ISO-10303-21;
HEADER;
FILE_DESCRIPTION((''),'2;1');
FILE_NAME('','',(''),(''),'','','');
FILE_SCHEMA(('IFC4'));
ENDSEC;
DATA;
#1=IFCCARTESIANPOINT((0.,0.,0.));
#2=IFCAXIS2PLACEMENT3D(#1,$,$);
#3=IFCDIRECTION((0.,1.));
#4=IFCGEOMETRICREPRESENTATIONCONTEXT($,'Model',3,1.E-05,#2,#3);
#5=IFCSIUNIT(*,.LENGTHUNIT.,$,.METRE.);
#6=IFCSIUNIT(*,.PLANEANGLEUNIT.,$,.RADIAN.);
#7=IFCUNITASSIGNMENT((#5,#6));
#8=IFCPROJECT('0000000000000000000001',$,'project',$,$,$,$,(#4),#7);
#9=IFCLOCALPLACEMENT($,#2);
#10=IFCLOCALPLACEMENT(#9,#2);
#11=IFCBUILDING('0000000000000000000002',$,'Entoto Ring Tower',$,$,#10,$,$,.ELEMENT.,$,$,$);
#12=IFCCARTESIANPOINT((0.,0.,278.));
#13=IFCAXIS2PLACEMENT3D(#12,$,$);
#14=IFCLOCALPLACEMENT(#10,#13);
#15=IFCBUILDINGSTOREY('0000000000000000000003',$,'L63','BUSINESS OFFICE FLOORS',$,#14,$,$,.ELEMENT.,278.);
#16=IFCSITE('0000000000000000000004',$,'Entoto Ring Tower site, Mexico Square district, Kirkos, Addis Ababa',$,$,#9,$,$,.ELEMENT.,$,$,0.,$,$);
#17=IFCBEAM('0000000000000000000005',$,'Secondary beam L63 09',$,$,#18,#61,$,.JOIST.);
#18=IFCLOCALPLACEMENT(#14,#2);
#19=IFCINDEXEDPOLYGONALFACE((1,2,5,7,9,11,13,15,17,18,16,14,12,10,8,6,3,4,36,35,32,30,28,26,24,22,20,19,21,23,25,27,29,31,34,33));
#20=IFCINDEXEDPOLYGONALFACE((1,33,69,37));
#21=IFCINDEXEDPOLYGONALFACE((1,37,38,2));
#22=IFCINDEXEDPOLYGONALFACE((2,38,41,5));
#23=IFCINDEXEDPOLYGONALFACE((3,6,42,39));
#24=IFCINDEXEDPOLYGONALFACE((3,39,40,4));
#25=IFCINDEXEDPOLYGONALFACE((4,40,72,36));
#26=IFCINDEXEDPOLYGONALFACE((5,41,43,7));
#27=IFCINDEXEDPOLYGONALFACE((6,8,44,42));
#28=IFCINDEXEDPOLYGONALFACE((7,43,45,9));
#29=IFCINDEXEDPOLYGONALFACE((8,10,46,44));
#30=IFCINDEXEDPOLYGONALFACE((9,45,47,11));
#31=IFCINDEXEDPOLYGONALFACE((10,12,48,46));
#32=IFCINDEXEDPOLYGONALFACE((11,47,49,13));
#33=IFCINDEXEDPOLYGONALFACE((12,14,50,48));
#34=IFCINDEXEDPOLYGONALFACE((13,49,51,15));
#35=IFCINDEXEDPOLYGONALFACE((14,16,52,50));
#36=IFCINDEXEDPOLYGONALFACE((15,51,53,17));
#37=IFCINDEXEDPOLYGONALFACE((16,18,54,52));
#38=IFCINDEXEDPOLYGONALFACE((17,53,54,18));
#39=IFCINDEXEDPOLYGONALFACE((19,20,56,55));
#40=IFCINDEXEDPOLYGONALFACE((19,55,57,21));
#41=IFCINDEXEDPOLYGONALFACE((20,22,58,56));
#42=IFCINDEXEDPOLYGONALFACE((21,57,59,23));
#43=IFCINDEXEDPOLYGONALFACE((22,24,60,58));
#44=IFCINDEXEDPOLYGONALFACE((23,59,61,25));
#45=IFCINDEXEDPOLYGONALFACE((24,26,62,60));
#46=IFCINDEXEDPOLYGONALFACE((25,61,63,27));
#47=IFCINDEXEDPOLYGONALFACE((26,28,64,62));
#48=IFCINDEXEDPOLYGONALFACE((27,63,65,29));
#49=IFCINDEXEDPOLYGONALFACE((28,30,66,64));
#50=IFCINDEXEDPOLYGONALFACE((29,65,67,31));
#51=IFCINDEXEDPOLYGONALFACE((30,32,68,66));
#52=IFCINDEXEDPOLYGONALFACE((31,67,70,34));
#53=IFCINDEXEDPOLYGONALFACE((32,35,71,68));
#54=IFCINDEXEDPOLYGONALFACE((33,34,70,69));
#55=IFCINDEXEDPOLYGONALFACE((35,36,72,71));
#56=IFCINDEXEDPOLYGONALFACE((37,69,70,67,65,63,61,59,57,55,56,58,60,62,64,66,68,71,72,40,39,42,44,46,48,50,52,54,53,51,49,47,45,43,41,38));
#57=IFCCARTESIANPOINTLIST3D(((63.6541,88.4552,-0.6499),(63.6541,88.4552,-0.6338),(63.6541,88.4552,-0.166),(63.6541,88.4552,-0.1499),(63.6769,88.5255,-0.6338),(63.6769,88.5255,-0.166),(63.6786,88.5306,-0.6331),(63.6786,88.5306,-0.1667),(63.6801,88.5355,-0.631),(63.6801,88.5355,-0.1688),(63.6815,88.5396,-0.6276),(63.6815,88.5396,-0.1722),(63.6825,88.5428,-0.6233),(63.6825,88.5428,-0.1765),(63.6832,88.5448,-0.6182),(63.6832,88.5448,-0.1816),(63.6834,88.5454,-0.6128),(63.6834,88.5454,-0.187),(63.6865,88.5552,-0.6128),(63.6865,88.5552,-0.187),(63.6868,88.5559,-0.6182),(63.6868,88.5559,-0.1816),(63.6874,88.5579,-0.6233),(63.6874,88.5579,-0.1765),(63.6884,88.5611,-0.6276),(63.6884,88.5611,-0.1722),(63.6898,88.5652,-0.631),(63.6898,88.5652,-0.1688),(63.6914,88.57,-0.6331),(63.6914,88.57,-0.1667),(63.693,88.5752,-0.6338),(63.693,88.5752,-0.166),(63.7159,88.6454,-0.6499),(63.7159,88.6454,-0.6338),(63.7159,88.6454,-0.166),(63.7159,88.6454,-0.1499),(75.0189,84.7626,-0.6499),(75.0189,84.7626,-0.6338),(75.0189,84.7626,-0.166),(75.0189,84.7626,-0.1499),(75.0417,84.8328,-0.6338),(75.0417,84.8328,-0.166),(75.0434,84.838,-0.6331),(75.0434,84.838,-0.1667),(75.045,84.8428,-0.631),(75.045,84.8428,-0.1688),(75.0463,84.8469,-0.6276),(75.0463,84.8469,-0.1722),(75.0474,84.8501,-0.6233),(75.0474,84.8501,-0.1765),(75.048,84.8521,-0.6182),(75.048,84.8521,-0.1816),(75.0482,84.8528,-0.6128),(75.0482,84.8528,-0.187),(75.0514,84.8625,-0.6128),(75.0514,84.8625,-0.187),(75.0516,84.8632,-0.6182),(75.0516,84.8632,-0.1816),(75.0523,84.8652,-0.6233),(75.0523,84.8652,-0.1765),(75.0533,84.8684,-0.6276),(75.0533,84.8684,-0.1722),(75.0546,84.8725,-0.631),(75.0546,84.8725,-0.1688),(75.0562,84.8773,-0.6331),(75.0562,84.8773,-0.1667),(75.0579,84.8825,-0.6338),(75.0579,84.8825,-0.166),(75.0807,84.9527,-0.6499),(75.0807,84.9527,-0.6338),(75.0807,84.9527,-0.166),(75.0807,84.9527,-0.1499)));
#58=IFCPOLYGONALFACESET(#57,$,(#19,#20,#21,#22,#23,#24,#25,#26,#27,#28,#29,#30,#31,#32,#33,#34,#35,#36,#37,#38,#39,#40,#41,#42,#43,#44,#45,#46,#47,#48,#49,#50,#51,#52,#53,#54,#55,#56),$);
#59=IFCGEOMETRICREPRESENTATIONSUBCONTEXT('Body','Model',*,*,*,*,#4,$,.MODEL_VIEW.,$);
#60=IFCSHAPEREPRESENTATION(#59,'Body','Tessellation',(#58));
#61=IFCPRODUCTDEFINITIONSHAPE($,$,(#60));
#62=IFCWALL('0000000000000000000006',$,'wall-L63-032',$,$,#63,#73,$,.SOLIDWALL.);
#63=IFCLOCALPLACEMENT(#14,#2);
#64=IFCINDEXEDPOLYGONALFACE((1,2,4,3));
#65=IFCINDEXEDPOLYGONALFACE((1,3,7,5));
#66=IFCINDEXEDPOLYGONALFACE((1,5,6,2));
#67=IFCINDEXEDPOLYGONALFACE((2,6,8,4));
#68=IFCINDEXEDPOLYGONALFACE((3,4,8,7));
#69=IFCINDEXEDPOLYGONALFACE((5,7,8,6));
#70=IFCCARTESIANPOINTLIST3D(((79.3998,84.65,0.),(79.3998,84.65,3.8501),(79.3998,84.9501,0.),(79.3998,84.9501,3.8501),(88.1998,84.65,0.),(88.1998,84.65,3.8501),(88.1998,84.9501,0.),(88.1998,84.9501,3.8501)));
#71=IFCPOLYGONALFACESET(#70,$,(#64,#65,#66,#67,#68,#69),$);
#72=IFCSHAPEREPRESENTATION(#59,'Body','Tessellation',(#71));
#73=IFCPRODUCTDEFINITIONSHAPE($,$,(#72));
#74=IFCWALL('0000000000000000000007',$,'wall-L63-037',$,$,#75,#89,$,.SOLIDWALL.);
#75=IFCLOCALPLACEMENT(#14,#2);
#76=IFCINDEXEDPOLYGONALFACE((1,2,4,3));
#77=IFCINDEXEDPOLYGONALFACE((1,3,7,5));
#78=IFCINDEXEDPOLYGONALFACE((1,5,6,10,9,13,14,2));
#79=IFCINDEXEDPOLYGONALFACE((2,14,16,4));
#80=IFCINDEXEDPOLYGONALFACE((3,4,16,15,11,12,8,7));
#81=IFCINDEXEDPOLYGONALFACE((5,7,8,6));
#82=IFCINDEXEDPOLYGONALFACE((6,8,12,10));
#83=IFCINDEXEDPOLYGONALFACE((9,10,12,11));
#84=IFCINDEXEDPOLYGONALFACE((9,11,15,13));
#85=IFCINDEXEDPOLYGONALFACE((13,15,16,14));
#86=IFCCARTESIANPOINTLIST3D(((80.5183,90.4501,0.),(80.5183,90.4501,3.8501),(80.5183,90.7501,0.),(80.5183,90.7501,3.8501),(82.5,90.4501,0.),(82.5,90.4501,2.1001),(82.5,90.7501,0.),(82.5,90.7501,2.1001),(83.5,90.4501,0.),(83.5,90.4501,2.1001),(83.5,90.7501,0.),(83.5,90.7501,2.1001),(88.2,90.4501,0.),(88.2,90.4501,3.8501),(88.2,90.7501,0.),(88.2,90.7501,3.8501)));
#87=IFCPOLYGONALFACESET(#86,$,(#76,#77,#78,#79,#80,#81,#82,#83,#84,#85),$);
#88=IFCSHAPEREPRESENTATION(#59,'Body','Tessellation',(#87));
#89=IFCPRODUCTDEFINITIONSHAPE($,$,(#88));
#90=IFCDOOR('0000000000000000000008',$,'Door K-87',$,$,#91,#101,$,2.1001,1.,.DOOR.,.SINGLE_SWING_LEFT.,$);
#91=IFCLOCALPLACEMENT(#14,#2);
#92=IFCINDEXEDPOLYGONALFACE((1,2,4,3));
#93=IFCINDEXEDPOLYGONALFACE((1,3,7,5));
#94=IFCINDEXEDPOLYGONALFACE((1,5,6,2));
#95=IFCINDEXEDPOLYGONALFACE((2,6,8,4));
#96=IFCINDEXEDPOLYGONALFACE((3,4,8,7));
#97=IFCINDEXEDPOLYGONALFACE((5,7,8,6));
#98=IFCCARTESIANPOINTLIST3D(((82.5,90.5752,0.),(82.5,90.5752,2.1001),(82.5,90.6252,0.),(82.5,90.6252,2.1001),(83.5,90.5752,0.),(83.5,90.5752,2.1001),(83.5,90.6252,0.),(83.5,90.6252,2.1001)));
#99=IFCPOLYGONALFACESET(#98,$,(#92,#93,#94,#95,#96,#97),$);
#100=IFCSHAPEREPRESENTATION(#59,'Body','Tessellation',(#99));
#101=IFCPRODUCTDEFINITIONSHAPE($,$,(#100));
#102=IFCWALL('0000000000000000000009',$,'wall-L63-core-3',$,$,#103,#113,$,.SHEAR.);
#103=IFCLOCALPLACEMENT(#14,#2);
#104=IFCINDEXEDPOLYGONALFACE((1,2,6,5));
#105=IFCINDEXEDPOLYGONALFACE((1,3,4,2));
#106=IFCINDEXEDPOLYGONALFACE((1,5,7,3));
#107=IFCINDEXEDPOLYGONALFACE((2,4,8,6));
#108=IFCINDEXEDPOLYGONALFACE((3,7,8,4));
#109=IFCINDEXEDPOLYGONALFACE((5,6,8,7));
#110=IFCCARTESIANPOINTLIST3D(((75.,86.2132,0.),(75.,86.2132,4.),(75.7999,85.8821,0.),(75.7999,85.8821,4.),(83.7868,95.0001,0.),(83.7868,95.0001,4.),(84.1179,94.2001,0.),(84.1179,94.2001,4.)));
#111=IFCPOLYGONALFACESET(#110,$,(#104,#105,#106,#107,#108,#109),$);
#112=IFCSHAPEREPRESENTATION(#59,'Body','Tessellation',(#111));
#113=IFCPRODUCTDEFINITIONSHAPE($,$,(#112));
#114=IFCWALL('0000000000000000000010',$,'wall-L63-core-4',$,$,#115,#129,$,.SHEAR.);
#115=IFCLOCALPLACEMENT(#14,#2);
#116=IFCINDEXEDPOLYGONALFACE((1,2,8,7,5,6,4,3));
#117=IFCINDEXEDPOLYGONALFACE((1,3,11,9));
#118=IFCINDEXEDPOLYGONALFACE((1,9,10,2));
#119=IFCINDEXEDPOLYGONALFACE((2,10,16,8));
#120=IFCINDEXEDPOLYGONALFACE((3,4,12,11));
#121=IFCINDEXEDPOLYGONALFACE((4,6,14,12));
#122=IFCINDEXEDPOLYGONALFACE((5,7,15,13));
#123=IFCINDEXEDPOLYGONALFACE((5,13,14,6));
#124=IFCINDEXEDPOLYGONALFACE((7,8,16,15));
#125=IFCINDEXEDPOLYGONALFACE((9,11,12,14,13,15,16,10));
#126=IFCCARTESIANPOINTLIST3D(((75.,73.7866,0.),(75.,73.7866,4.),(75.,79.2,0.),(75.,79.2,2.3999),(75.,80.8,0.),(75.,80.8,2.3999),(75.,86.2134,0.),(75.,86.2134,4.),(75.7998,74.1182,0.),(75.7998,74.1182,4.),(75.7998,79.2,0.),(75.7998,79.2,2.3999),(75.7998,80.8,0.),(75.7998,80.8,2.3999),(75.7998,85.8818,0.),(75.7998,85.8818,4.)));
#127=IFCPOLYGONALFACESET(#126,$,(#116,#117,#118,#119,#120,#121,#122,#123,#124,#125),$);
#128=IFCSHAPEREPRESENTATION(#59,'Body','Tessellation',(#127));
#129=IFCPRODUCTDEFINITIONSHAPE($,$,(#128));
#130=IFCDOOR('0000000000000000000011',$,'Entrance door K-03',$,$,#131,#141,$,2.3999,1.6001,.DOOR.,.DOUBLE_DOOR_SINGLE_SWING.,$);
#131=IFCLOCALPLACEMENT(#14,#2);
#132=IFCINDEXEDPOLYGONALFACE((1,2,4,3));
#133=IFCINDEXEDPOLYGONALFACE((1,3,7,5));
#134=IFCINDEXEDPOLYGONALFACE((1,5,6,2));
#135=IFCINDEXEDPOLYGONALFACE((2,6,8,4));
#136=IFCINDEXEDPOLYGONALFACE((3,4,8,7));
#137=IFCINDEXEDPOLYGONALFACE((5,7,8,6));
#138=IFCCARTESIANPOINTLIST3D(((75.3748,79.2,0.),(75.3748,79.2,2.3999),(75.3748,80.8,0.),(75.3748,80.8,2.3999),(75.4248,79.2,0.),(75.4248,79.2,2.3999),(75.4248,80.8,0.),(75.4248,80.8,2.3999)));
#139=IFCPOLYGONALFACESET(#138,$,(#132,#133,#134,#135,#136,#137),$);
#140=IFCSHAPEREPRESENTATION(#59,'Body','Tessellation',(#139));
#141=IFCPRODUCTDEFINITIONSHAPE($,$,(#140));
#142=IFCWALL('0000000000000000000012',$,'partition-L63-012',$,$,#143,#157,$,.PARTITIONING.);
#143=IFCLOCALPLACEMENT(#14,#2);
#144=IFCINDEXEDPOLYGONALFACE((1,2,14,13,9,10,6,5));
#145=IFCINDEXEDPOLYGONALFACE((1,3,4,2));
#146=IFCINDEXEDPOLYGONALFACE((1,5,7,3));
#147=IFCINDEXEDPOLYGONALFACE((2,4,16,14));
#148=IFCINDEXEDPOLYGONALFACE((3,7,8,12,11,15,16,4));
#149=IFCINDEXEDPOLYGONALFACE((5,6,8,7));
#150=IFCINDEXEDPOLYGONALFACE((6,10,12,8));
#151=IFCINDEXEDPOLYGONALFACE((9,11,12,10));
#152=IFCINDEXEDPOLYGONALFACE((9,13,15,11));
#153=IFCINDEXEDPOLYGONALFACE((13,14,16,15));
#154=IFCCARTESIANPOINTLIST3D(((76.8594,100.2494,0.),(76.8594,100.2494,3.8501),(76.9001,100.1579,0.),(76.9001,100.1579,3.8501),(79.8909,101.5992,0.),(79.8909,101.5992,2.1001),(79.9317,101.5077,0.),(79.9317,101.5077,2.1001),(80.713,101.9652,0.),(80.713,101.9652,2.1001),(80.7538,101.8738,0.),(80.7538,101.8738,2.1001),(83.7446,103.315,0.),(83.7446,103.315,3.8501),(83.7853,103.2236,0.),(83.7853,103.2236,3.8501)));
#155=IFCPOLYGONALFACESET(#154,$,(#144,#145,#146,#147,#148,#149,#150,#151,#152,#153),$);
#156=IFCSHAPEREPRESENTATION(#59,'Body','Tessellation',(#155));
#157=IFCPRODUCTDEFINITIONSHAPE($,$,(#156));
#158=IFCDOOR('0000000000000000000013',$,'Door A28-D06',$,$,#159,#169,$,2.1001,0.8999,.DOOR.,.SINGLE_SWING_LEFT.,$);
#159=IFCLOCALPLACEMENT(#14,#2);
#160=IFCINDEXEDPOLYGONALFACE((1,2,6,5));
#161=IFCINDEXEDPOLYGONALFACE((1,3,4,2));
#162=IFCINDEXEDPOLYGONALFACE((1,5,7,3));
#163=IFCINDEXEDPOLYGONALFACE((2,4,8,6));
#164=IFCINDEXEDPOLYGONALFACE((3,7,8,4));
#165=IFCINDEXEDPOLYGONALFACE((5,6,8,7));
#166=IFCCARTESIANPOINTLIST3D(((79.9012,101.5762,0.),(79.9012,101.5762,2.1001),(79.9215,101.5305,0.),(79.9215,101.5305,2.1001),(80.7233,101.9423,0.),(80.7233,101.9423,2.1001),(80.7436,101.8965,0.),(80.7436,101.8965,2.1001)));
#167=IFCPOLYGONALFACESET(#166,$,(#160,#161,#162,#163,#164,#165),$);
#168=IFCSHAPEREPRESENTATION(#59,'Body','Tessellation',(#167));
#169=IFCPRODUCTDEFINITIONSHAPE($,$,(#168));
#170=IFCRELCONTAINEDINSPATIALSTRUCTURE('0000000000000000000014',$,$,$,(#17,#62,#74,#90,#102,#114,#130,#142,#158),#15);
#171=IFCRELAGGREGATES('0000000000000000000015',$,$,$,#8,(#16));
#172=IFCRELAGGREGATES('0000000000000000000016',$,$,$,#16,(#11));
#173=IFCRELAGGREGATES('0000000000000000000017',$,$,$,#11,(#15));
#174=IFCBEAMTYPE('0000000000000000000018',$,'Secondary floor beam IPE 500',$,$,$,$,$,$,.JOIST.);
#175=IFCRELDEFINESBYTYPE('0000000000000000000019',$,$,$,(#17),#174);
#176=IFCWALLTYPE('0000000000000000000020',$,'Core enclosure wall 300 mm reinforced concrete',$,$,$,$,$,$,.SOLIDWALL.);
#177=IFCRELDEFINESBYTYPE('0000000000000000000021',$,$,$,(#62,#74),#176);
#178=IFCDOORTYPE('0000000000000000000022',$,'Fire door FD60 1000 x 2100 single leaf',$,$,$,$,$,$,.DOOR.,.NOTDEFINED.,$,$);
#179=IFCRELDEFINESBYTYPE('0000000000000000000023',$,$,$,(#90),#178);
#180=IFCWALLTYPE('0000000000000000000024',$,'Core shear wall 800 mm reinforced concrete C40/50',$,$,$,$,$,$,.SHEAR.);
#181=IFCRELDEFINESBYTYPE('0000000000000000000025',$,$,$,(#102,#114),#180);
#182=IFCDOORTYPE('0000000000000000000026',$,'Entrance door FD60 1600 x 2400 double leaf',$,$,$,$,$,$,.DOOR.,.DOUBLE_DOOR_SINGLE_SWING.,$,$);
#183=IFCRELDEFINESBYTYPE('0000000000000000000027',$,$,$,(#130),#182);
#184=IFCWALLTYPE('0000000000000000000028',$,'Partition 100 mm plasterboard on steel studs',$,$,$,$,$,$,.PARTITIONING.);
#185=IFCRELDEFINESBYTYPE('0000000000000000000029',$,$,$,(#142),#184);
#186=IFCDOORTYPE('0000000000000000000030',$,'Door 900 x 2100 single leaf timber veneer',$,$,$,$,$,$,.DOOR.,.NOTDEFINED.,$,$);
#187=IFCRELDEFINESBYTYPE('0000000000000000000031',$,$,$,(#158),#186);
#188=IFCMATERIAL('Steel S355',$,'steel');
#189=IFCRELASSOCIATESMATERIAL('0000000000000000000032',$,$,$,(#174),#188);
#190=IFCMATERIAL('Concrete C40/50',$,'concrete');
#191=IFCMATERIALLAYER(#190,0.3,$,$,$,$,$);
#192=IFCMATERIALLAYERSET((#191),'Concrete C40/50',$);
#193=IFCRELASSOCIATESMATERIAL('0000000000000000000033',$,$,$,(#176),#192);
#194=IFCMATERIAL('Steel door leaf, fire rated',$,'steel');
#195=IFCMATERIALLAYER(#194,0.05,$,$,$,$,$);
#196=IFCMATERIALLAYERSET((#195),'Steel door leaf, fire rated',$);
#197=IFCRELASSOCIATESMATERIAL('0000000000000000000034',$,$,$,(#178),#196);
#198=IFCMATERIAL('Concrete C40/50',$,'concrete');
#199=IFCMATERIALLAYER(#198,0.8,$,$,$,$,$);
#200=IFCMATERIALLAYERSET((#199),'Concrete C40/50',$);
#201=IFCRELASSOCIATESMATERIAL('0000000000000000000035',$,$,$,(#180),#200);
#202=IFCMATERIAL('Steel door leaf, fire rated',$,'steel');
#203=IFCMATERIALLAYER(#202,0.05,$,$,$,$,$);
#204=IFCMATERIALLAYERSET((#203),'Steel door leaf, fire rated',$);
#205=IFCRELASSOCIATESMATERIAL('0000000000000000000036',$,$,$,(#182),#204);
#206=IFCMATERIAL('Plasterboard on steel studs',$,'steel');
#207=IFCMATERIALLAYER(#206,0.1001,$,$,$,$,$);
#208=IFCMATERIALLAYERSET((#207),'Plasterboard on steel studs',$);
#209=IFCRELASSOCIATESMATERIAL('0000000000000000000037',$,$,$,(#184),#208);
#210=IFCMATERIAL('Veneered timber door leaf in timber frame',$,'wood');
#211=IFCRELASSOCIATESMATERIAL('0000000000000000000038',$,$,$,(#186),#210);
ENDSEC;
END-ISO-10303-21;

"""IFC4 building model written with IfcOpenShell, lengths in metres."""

from ifc_helpers import new_model, si_unit, direction, frame, frame_2d, origin, origin_2d, place, context, subcontext, project, spatial, polyline, rectangle, i_section, outline, extrude, material, layer, layer_set, material_profile, profile_set, type_object, element, fill, save


model = new_model("IFC4")

# Units and contexts
model_context = context("Model", 3, precision=1e-05, world=origin(), true_north=direction((0.0, 1.0)))
body_context = subcontext(model_context, "Body", "Model", "MODEL_VIEW")
ifc_project = project(units=[si_unit("LENGTHUNIT", "METRE"), si_unit("PLANEANGLEUNIT", "RADIAN")], contexts=[model_context])

# Site, building, storey
site_placement = place(None, origin())
site = spatial("IfcSite", under=ifc_project, at=site_placement, Name="Entoto Ring Tower site, Mexico Square district, Kirkos, Addis Ababa", CompositionType="ELEMENT", RefElevation=0.0)
building_placement = place(site_placement, origin())
building = spatial("IfcBuilding", under=site, at=building_placement, Name="Entoto Ring Tower", CompositionType="ELEMENT")
storey_placement = place(building_placement, frame((0.0, 0.0, 278.0)))
storey = spatial("IfcBuildingStorey", under=building, at=storey_placement, Name="L63", Description="BUSINESS OFFICE FLOORS", CompositionType="ELEMENT", Elevation=278.0)

# Beam
ifc_material_1 = material(Name="Steel S355", Category="steel")
ifc_material_profile_1 = material_profile(ifc_material_1, i_section(OverallWidth=0.2, OverallDepth=0.5, WebThickness=0.0103, FlangeThickness=0.0161, FilletRadius=0.021, at=origin_2d()), Name="IPE 500")
ifc_profile_set_1 = profile_set([ifc_material_profile_1], Name="Steel S355")
beam_type_1 = type_object("IfcBeamType", Name="Secondary floor beam IPE 500", PredefinedType="JOIST", material=ifc_profile_set_1)
beam_1_placement = place(storey_placement, frame((75.0498, 84.8577, -0.3999), z_axis=(-0.951057, 0.309017, 0.0), x_axis=(-0.309017, -0.951057, 0.0)))
element("IfcBeam", 1, at=beam_1_placement, inside=storey, type_object=beam_type_1, Name="Secondary beam L63 09", PredefinedType="JOIST", context=body_context, shape_type="SweptSolid", body=[
    extrude(i_section(OverallWidth=0.2, OverallDepth=0.5, WebThickness=0.0103, FlangeThickness=0.0161, FilletRadius=0.021, at=origin_2d()), origin(), (0.0, 0.0, 1.0), 11.9497),
])

# Wall
ifc_material_2 = material(Name="Concrete C40/50", Category="concrete")
ifc_layer_1 = layer(ifc_material_2, 0.3)
ifc_layer_set_1 = layer_set([ifc_layer_1], Name="Concrete C40/50")
wall_type_1 = type_object("IfcWallType", Name="Core enclosure wall 300 mm reinforced concrete", PredefinedType="SOLIDWALL", material=ifc_layer_set_1)
wall_1_placement = place(storey_placement, frame((79.3999, 84.8, 0.0), z_axis=(0.0, 0.0, 1.0), x_axis=(1.0, 0.0, 0.0)))
element("IfcWall", 2, at=wall_1_placement, inside=storey, type_object=wall_type_1, Name="wall-L63-032", PredefinedType="SOLIDWALL", context=body_context, shape_type="SweptSolid", body=[
    extrude(rectangle(XDim=8.8, YDim=0.3, at=frame_2d((4.3999, 0.0))), origin(), (0.0, 0.0, 1.0), 3.8501),
])

# Wall, opening, door
wall_2_placement = place(storey_placement, frame((80.5183, 90.6001, 0.0), z_axis=(0.0, 0.0, 1.0), x_axis=(1.0, 0.0, 0.0)))
wall_2 = element("IfcWall", 3, at=wall_2_placement, inside=storey, type_object=wall_type_1, Name="wall-L63-037", PredefinedType="SOLIDWALL", context=body_context, shape_type="SweptSolid", body=[
    extrude(rectangle(XDim=7.6816, YDim=0.3, at=frame_2d((3.8408, 0.0))), origin(), (0.0, 0.0, 1.0), 3.8501),
])
opening_1_placement = place(wall_2_placement, frame((1.9817, 0.0, 0.0)))
opening_1 = element("IfcOpeningElement", 4, at=opening_1_placement, cuts=wall_2, PredefinedType="OPENING", context=body_context, shape_type="SweptSolid", body=[
    extrude(rectangle(XDim=1.0, YDim=2.1001, at=frame_2d((0.5, 1.05))), frame((0.0, 0.1602, 0.0), z_axis=(0.0, -1.0, 0.0), x_axis=(1.0, 0.0, 0.0)), (0.0, 0.0, 1.0), 0.3201),
])
ifc_material_3 = material(Name="Steel door leaf, fire rated", Category="steel")
ifc_layer_2 = layer(ifc_material_3, 0.05)
ifc_layer_set_2 = layer_set([ifc_layer_2], Name="Steel door leaf, fire rated")
door_type_1 = type_object("IfcDoorType", Name="Fire door FD60 1000 x 2100 single leaf", OperationType="NOTDEFINED", PredefinedType="DOOR", material=ifc_layer_set_2)
door_1_placement = place(opening_1_placement, frame((1.0, 0.0, 0.0), z_axis=(0.0, 0.0, 1.0), x_axis=(-1.0, 0.0, 0.0)))
door_1 = element("IfcDoor", 5, at=door_1_placement, inside=storey, type_object=door_type_1, Name="Door K-87", OperationType="SINGLE_SWING_LEFT", OverallHeight=2.1001, OverallWidth=1.0, PredefinedType="DOOR", context=body_context, shape_type="SweptSolid", body=[
    extrude(rectangle(XDim=1.0, YDim=2.1001, at=frame_2d((0.5, 1.05))), frame((0.0, 0.0249, 0.0), z_axis=(0.0, -1.0, 0.0), x_axis=(1.0, 0.0, 0.0)), (0.0, 0.0, 1.0), 0.05),
])
fill(opening_1, door_1)

# Wall
ifc_material_4 = material(Name="Concrete C40/50", Category="concrete")
ifc_layer_3 = layer(ifc_material_4, 0.8)
ifc_layer_set_3 = layer_set([ifc_layer_3], Name="Concrete C40/50")
wall_type_2 = type_object("IfcWallType", Name="Core shear wall 800 mm reinforced concrete C40/50", PredefinedType="SHEAR", material=ifc_layer_set_3)
wall_3_placement = place(storey_placement, frame((83.9524, 94.6001, 0.0), z_axis=(0.0, 0.0, 1.0), x_axis=(-0.707107, -0.707107, 0.0)))
element("IfcWall", 6, at=wall_3_placement, inside=storey, type_object=wall_type_2, Name="wall-L63-core-3", PredefinedType="SHEAR", context=body_context, shape_type="SweptSolid", body=[
    extrude(outline(polyline([(-0.1658, -0.3999), (12.2607, -0.3999), (11.9292, 0.3999), (0.1658, 0.3999), (-0.1658, -0.3999)])), origin(), (0.0, 0.0, 1.0), 4.0),
])

# Walls, openings, doors
wall_4_placement = place(storey_placement, frame((75.3999, 86.0476, 0.0), z_axis=(0.0, 0.0, 1.0), x_axis=(0.0, -1.0, 0.0)))
wall_4 = element("IfcWall", 7, at=wall_4_placement, inside=storey, type_object=wall_type_2, Name="wall-L63-core-4", PredefinedType="SHEAR", context=body_context, shape_type="SweptSolid", body=[
    extrude(outline(polyline([(-0.1658, -0.3999), (12.261, -0.3999), (11.9294, 0.3999), (0.1658, 0.3999), (-0.1658, -0.3999)])), origin(), (0.0, 0.0, 1.0), 4.0),
])
opening_2_placement = place(wall_4_placement, frame((5.2476, 0.0, 0.0)))
opening_2 = element("IfcOpeningElement", 8, at=opening_2_placement, cuts=wall_4, PredefinedType="OPENING", context=body_context, shape_type="SweptSolid", body=[
    extrude(rectangle(XDim=1.6001, YDim=2.3999, at=frame_2d((0.8, 1.2))), frame((0.0, 0.4102, 0.0), z_axis=(0.0, -1.0, 0.0), x_axis=(1.0, 0.0, 0.0)), (0.0, 0.0, 1.0), 0.8201),
])
ifc_material_5 = material(Name="Steel door leaf, fire rated", Category="steel")
ifc_layer_4 = layer(ifc_material_5, 0.05)
ifc_layer_set_4 = layer_set([ifc_layer_4], Name="Steel door leaf, fire rated")
door_type_2 = type_object("IfcDoorType", Name="Entrance door FD60 1600 x 2400 double leaf", OperationType="DOUBLE_DOOR_SINGLE_SWING", PredefinedType="DOOR", material=ifc_layer_set_4)
door_2_placement = place(opening_2_placement, origin())
door_2 = element("IfcDoor", 9, at=door_2_placement, inside=storey, type_object=door_type_2, Name="Entrance door K-03", OperationType="DOUBLE_DOOR_SINGLE_SWING", OverallHeight=2.3999, OverallWidth=1.6001, PredefinedType="DOOR", context=body_context, shape_type="SweptSolid", body=[
    extrude(rectangle(XDim=1.6001, YDim=2.3999, at=frame_2d((0.8, 1.2))), frame((0.0, 0.0249, 0.0), z_axis=(0.0, -1.0, 0.0), x_axis=(1.0, 0.0, 0.0)), (0.0, 0.0, 1.0), 0.05),
])
fill(opening_2, door_2)
ifc_material_6 = material(Name="Plasterboard on steel studs", Category="steel")
ifc_layer_5 = layer(ifc_material_6, 0.1001)
ifc_layer_set_5 = layer_set([ifc_layer_5], Name="Plasterboard on steel studs")
wall_type_3 = type_object("IfcWallType", Name="Partition 100 mm plasterboard on steel studs", PredefinedType="PARTITIONING", material=ifc_layer_set_5)
wall_5_placement = place(storey_placement, frame((76.8796, 100.2036, 0.0), z_axis=(0.0, 0.0, 1.0), x_axis=(0.913538, 0.406755, 0.0)))
wall_5 = element("IfcWall", 10, at=wall_5_placement, inside=storey, type_object=wall_type_3, Name="partition-L63-012", PredefinedType="PARTITIONING", context=body_context, shape_type="SweptSolid", body=[
    extrude(rectangle(XDim=7.5369, YDim=0.1001, at=frame_2d((3.7686, 0.0))), origin(), (0.0, 0.0, 1.0), 3.8501),
])
opening_3_placement = place(wall_5_placement, frame((3.3186, 0.0, 0.0)))
opening_3 = element("IfcOpeningElement", 11, at=opening_3_placement, cuts=wall_5, PredefinedType="OPENING", context=body_context, shape_type="SweptSolid", body=[
    extrude(rectangle(XDim=0.8999, YDim=2.1001, at=frame_2d((0.45, 1.05))), frame((0.0, 0.0601, 0.0), z_axis=(0.0, -1.0, 0.0), x_axis=(1.0, 0.0, 0.0)), (0.0, 0.0, 1.0), 0.1201),
])
ifc_material_7 = material(Name="Veneered timber door leaf in timber frame", Category="wood")
door_type_3 = type_object("IfcDoorType", Name="Door 900 x 2100 single leaf timber veneer", OperationType="NOTDEFINED", PredefinedType="DOOR", material=ifc_material_7)
door_3_placement = place(opening_3_placement, origin())
door_3 = element("IfcDoor", 12, at=door_3_placement, inside=storey, type_object=door_type_3, Name="Door A28-D06", OperationType="SINGLE_SWING_LEFT", OverallHeight=2.1001, OverallWidth=0.8999, PredefinedType="DOOR", context=body_context, shape_type="SweptSolid", body=[
    extrude(rectangle(XDim=0.8999, YDim=2.1001, at=frame_2d((0.45, 1.05))), frame((0.0, 0.0249, 0.0), z_axis=(0.0, -1.0, 0.0), x_axis=(1.0, 0.0, 0.0)), (0.0, 0.0, 1.0), 0.05),
])
fill(opening_3, door_3)

save(model, "model.ifc")
